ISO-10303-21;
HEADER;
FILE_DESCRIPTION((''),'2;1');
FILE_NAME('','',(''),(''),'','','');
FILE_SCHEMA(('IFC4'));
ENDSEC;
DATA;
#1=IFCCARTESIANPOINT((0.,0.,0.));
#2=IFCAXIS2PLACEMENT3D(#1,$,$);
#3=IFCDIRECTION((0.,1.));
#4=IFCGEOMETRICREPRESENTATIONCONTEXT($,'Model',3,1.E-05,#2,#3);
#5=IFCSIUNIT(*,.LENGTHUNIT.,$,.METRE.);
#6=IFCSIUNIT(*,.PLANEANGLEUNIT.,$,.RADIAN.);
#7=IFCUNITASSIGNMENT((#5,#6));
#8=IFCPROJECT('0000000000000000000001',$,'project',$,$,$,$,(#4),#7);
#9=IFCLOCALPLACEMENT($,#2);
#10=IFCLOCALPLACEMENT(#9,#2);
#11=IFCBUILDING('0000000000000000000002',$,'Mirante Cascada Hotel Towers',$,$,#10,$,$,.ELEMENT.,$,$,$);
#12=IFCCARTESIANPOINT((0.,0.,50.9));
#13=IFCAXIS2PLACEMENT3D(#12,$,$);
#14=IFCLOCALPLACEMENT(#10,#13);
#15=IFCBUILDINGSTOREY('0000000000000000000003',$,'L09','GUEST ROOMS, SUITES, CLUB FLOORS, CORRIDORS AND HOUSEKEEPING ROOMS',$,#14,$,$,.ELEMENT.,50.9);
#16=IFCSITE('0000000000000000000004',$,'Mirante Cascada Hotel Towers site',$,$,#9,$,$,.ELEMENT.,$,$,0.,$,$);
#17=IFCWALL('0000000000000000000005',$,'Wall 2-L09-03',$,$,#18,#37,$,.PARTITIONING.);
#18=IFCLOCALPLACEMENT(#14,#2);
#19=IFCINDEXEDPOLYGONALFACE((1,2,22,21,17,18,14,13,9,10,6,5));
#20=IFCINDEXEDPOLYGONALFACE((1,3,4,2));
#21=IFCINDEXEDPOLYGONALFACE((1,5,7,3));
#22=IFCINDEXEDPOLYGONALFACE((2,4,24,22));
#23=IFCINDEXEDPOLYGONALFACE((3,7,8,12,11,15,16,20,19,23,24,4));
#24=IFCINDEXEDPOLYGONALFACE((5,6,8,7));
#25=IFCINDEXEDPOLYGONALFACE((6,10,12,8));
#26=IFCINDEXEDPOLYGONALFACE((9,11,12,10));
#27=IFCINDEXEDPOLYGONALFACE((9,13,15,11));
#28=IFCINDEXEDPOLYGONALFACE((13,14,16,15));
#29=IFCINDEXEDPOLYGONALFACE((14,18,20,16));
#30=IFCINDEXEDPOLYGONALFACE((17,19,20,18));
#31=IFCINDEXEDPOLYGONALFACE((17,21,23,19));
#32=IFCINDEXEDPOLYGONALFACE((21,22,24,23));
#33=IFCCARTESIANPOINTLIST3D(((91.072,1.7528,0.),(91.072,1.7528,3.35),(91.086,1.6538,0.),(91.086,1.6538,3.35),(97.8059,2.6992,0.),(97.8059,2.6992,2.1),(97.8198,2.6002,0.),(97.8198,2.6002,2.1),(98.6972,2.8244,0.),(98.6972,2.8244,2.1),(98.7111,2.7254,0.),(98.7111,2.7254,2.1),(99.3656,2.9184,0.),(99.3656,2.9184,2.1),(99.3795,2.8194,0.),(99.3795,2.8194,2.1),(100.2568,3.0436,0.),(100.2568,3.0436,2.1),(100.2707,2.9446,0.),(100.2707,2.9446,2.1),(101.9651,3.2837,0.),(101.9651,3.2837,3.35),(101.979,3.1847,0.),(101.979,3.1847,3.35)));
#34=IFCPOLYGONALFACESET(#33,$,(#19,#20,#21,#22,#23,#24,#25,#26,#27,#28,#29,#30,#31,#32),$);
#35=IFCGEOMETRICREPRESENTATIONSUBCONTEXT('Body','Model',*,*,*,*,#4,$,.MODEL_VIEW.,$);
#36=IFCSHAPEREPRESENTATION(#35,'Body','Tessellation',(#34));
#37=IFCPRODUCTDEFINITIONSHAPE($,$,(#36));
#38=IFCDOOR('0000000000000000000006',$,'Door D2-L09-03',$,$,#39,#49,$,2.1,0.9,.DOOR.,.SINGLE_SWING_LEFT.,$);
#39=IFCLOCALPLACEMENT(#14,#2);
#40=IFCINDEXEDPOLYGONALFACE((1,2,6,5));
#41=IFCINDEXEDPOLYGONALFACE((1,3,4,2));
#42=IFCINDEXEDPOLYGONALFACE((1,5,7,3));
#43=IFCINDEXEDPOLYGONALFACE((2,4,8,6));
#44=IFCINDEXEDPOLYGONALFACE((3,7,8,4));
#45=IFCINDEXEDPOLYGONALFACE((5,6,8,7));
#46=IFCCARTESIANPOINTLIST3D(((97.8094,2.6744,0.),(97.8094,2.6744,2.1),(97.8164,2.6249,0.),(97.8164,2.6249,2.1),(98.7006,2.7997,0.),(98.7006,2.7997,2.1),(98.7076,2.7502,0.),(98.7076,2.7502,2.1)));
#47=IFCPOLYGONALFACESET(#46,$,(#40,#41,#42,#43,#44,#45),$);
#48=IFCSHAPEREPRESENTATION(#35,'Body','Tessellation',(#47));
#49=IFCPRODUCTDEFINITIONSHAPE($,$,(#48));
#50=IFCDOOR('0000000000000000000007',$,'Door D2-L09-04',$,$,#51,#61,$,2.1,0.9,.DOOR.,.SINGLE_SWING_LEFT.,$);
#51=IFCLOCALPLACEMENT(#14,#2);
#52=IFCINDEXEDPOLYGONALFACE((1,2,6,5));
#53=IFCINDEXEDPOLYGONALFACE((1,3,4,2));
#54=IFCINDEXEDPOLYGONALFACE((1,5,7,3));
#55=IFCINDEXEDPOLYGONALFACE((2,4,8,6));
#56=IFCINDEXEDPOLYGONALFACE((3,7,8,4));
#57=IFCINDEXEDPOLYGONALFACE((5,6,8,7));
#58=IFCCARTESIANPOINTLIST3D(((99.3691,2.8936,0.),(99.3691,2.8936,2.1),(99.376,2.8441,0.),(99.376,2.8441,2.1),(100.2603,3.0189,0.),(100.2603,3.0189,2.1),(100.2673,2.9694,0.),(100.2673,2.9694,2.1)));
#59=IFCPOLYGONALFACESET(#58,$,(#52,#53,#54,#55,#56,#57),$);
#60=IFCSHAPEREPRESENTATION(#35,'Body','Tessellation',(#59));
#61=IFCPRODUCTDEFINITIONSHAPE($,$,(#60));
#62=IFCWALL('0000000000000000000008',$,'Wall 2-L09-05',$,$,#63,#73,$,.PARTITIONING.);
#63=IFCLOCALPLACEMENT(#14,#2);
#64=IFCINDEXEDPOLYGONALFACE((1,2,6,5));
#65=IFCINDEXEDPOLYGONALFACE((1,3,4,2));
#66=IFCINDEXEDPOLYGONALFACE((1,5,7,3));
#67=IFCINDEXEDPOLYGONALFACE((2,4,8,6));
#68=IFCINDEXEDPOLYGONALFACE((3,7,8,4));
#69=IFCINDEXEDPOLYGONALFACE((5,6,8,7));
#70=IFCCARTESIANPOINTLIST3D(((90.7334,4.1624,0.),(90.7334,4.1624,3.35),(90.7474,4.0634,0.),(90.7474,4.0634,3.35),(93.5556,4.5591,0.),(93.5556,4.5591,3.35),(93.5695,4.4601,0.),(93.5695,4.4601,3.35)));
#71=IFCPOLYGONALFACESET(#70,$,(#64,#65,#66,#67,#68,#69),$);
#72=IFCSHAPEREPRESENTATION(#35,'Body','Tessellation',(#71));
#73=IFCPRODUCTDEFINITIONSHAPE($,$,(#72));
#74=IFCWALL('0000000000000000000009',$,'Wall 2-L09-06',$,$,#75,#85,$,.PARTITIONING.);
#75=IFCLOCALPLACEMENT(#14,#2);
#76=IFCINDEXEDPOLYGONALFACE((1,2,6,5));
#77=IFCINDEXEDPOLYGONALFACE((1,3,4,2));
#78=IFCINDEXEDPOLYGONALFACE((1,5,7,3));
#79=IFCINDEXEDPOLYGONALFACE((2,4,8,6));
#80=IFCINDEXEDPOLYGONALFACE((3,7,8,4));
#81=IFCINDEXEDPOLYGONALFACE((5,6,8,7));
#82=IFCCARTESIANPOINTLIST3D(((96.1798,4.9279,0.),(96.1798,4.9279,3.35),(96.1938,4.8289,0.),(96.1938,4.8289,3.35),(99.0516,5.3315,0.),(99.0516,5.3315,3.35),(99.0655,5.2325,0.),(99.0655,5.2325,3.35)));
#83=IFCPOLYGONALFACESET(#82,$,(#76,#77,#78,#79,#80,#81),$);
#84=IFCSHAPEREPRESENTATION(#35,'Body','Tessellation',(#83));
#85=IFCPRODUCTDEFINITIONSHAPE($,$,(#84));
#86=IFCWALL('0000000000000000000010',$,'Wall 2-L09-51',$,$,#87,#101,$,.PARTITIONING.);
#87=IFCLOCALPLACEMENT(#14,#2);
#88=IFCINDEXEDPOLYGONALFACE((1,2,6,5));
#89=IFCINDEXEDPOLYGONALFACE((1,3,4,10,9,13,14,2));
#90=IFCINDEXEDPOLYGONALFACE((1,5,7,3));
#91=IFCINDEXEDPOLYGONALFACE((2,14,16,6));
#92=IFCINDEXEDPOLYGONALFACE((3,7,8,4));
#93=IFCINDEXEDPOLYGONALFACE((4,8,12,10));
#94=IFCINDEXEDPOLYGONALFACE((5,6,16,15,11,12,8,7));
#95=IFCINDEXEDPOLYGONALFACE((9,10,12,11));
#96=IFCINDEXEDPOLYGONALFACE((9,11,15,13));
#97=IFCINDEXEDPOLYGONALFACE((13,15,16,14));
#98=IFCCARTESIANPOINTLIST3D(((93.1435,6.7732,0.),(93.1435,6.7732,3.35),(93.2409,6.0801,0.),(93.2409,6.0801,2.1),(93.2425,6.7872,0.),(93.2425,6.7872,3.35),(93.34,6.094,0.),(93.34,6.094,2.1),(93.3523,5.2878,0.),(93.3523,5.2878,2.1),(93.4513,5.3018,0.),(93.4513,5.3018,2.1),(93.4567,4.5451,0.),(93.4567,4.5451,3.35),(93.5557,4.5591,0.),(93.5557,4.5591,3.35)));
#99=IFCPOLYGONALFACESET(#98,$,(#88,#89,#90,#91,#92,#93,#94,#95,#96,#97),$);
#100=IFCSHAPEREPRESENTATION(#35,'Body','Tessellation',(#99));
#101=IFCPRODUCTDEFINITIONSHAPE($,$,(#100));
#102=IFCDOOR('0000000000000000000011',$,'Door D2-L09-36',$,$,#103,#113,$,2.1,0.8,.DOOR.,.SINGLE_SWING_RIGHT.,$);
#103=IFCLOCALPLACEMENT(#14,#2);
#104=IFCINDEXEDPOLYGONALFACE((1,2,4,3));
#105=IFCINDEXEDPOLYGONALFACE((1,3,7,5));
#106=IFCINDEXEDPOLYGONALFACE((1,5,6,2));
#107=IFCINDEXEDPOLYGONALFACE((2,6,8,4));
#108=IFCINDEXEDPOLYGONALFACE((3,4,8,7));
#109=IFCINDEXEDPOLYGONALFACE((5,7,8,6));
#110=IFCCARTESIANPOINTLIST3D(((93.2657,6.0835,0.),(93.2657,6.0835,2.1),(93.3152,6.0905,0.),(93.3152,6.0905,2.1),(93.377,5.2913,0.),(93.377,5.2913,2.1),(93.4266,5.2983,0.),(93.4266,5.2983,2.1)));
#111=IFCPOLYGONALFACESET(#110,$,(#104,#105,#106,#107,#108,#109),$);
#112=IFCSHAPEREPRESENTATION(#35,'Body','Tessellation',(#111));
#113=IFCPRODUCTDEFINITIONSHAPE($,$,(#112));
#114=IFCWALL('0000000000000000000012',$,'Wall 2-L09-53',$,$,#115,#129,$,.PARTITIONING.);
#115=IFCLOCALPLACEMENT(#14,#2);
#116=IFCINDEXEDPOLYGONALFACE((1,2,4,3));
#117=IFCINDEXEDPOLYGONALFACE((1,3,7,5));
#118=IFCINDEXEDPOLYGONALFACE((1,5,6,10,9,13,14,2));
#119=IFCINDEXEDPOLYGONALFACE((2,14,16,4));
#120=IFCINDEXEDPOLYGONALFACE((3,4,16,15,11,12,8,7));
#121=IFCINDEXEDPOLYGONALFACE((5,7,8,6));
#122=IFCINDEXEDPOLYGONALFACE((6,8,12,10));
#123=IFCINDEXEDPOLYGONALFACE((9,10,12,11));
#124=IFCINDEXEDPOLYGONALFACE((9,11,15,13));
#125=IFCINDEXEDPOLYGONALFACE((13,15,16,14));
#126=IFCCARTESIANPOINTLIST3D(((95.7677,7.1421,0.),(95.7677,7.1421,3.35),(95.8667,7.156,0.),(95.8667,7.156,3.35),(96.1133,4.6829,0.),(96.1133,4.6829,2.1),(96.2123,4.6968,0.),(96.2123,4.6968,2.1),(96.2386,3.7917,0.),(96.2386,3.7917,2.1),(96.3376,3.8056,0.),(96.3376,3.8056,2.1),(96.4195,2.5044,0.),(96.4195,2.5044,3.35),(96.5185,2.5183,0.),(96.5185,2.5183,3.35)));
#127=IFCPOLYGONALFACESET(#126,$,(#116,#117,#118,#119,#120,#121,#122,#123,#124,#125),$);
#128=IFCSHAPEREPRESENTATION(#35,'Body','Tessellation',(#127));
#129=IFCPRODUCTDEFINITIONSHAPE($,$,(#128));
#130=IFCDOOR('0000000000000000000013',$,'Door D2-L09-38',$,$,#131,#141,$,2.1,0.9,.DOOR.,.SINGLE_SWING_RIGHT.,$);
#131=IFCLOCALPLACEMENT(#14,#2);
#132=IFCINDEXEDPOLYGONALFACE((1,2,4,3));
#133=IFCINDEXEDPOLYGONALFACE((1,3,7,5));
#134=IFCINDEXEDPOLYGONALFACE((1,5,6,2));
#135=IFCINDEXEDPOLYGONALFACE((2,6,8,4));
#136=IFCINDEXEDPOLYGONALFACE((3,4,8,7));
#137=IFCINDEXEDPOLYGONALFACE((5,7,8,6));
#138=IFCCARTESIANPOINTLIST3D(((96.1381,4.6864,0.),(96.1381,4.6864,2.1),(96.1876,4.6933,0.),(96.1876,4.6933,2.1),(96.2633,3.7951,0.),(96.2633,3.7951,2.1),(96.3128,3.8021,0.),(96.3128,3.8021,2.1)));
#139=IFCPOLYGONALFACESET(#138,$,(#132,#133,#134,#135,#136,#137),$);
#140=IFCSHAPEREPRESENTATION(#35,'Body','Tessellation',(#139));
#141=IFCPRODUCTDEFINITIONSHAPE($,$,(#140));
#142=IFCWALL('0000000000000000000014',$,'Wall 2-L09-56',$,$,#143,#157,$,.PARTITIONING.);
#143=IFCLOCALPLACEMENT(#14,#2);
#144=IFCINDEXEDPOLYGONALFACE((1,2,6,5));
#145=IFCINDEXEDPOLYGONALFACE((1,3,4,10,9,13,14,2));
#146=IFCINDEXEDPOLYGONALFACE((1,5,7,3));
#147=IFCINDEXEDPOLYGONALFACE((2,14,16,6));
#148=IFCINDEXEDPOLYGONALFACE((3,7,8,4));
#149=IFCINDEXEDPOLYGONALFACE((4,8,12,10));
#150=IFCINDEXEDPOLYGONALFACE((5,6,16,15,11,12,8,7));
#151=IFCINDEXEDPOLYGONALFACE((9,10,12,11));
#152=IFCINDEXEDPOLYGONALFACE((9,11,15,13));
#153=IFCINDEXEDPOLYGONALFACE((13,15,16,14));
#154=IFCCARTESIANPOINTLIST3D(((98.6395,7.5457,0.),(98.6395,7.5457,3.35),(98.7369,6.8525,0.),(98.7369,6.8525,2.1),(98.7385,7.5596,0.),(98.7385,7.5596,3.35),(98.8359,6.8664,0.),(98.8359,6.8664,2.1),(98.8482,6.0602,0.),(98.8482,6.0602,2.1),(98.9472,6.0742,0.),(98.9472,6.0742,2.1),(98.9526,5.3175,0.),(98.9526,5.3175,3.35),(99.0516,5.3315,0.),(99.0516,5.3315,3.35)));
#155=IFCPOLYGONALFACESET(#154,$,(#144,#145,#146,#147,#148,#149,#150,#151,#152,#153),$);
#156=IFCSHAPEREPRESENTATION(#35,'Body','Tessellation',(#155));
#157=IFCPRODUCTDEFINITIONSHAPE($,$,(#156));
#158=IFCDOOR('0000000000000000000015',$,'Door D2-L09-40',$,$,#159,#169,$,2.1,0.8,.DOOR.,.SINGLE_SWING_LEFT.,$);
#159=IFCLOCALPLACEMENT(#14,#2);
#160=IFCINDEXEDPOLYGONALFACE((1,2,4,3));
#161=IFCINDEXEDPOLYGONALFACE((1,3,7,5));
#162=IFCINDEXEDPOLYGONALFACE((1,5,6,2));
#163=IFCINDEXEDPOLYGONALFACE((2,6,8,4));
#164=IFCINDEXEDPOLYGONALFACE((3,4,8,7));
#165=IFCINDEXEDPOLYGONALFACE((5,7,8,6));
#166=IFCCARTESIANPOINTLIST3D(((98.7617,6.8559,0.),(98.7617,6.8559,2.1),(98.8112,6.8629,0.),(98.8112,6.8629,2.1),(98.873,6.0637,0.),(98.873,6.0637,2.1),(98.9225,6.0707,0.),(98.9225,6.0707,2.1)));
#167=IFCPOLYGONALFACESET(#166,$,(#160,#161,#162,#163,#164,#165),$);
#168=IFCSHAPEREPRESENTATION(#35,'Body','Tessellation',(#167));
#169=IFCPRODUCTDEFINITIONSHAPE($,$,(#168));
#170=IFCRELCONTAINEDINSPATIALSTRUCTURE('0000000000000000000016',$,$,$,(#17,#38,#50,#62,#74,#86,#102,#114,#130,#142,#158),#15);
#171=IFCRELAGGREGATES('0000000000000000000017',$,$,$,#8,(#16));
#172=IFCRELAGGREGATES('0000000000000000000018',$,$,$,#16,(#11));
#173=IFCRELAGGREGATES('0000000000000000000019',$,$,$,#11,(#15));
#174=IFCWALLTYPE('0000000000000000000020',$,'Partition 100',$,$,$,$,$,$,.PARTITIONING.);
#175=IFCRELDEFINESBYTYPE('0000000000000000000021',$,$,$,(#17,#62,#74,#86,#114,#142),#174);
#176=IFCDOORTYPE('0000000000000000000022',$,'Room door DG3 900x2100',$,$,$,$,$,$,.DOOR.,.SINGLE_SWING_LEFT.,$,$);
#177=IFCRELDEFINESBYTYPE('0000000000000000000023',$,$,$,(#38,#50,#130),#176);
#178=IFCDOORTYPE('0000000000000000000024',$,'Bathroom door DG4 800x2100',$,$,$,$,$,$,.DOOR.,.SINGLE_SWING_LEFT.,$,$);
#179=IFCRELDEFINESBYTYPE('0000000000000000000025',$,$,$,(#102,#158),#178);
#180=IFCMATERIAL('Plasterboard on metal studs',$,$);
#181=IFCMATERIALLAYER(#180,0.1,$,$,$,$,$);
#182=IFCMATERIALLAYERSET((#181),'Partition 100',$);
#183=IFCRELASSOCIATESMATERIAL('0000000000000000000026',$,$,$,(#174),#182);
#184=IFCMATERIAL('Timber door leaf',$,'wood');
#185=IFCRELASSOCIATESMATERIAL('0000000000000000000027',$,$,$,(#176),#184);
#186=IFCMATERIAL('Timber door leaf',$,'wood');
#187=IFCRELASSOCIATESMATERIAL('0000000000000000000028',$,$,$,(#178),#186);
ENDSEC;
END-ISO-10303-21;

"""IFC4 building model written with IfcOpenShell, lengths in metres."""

from ifc_helpers import new_model, si_unit, direction, frame, frame_2d, origin, place, context, subcontext, project, spatial, rectangle, extrude, material, layer, layer_set, type_object, element, fill, save


model = new_model("IFC4")

# Units and contexts
model_context = context("Model", 3, precision=1e-05, world=origin(), true_north=direction((0.0, 1.0)))
body_context = subcontext(model_context, "Body", "Model", "MODEL_VIEW")
ifc_project = project(units=[si_unit("LENGTHUNIT", "METRE"), si_unit("PLANEANGLEUNIT", "RADIAN")], contexts=[model_context])

# Site, building, storey
site_placement = place(None, origin())
site = spatial("IfcSite", under=ifc_project, at=site_placement, Name="Mirante Cascada Hotel Towers site", CompositionType="ELEMENT", RefElevation=0.0)
building_placement = place(site_placement, origin())
building = spatial("IfcBuilding", under=site, at=building_placement, Name="Mirante Cascada Hotel Towers", CompositionType="ELEMENT")
storey_placement = place(building_placement, frame((0.0, 0.0, 50.9)))
storey = spatial("IfcBuildingStorey", under=building, at=storey_placement, Name="L09", Description="GUEST ROOMS, SUITES, CLUB FLOORS, CORRIDORS AND HOUSEKEEPING ROOMS", CompositionType="ELEMENT", Elevation=50.9)

# Wall, openings, doors
ifc_material_1 = material(Name="Plasterboard on metal studs")
ifc_layer_1 = layer(ifc_material_1, 0.1)
ifc_layer_set_1 = layer_set([ifc_layer_1], Name="Partition 100")
wall_type_1 = type_object("IfcWallType", Name="Partition 100", PredefinedType="PARTITIONING", material=ifc_layer_set_1)
wall_1_placement = place(storey_placement, frame((101.972, 3.2342, 0.0), z_axis=(0.0, 0.0, 1.0), x_axis=(-0.990268, -0.139172, 0.0)))
wall_1 = element("IfcWall", 1, at=wall_1_placement, inside=storey, type_object=wall_type_1, Name="Wall 2-L09-03", PredefinedType="PARTITIONING", context=body_context, shape_type="SweptSolid", body=[
    extrude(rectangle(XDim=11.0001, YDim=0.1, at=frame_2d((5.5, 0.0))), origin(), (0.0, 0.0, 1.0), 3.35),
])
opening_1_placement = place(wall_1_placement, frame((3.3, 0.0, 0.0)))
opening_1 = element("IfcOpeningElement", 2, at=opening_1_placement, cuts=wall_1, PredefinedType="OPENING", context=body_context, shape_type="SweptSolid", body=[
    extrude(rectangle(XDim=0.9, YDim=2.1, at=frame_2d((0.45, 1.05))), frame((0.0, 0.05, 0.0), z_axis=(0.0, -1.0, 0.0), x_axis=(1.0, 0.0, 0.0)), (0.0, 0.0, 1.0), 0.1),
])
opening_2_placement = place(wall_1_placement, frame((1.725, 0.0, 0.0)))
opening_2 = element("IfcOpeningElement", 3, at=opening_2_placement, cuts=wall_1, PredefinedType="OPENING", context=body_context, shape_type="SweptSolid", body=[
    extrude(rectangle(XDim=0.9, YDim=2.1, at=frame_2d((0.45, 1.05))), frame((0.0, 0.05, 0.0), z_axis=(0.0, -1.0, 0.0), x_axis=(1.0, 0.0, 0.0)), (0.0, 0.0, 1.0), 0.1),
])
ifc_material_2 = material(Name="Timber door leaf", Category="wood")
door_type_1 = type_object("IfcDoorType", Name="Room door DG3 900x2100", OperationType="SINGLE_SWING_LEFT", PredefinedType="DOOR", material=ifc_material_2)
door_1_placement = place(opening_1_placement, origin())
door_1 = element("IfcDoor", 4, at=door_1_placement, inside=storey, type_object=door_type_1, Name="Door D2-L09-03", OperationType="SINGLE_SWING_LEFT", OverallHeight=2.1, OverallWidth=0.9, PredefinedType="DOOR", context=body_context, shape_type="SweptSolid", body=[
    extrude(rectangle(XDim=0.9, YDim=2.1, at=frame_2d((0.45, 1.05))), frame((0.0, 0.025, 0.0), z_axis=(0.0, -1.0, 0.0), x_axis=(1.0, 0.0, 0.0)), (0.0, 0.0, 1.0), 0.05),
])
fill(opening_1, door_1)
door_2_placement = place(opening_2_placement, origin())
door_2 = element("IfcDoor", 5, at=door_2_placement, inside=storey, type_object=door_type_1, Name="Door D2-L09-04", OperationType="SINGLE_SWING_LEFT", OverallHeight=2.1, OverallWidth=0.9, PredefinedType="DOOR", context=body_context, shape_type="SweptSolid", body=[
    extrude(rectangle(XDim=0.9, YDim=2.1, at=frame_2d((0.45, 1.05))), frame((0.0, 0.025, 0.0), z_axis=(0.0, -1.0, 0.0), x_axis=(1.0, 0.0, 0.0)), (0.0, 0.0, 1.0), 0.05),
])
fill(opening_2, door_2)

# Walls
wall_2_placement = place(storey_placement, frame((93.5626, 4.5096, 0.0), z_axis=(0.0, 0.0, 1.0), x_axis=(-0.990265, -0.139196, 0.0)))
element("IfcWall", 6, at=wall_2_placement, inside=storey, type_object=wall_type_1, Name="Wall 2-L09-05", PredefinedType="PARTITIONING", context=body_context, shape_type="SweptSolid", body=[
    extrude(rectangle(XDim=2.8499, YDim=0.1, at=frame_2d((1.425, 0.0))), origin(), (0.0, 0.0, 1.0), 3.35),
])
wall_3_placement = place(storey_placement, frame((96.1868, 4.8784, 0.0), z_axis=(0.0, 0.0, 1.0), x_axis=(0.990268, 0.139171, 0.0)))
element("IfcWall", 7, at=wall_3_placement, inside=storey, type_object=wall_type_1, Name="Wall 2-L09-06", PredefinedType="PARTITIONING", context=body_context, shape_type="SweptSolid", body=[
    extrude(rectangle(XDim=2.9, YDim=0.1, at=frame_2d((1.45, 0.0))), origin(), (0.0, 0.0, 1.0), 3.35),
])

# Walls, openings, doors
wall_4_placement = place(storey_placement, frame((93.193, 6.7802, 0.0), z_axis=(0.0, 0.0, 1.0), x_axis=(0.1392, -0.990264, 0.0)))
wall_4 = element("IfcWall", 8, at=wall_4_placement, inside=storey, type_object=wall_type_1, Name="Wall 2-L09-51", PredefinedType="PARTITIONING", context=body_context, shape_type="SweptSolid", body=[
    extrude(rectangle(XDim=2.25, YDim=0.1, at=frame_2d((1.125, 0.0))), origin(), (0.0, 0.0, 1.0), 3.35),
])
opening_3_placement = place(wall_4_placement, frame((0.7, 0.0, 0.0)))
opening_3 = element("IfcOpeningElement", 9, at=opening_3_placement, cuts=wall_4, PredefinedType="OPENING", context=body_context, shape_type="SweptSolid", body=[
    extrude(rectangle(XDim=0.8, YDim=2.1, at=frame_2d((0.4, 1.05))), frame((0.0, 0.05, 0.0), z_axis=(0.0, -1.0, 0.0), x_axis=(1.0, 0.0, 0.0)), (0.0, 0.0, 1.0), 0.1),
])
ifc_material_3 = material(Name="Timber door leaf", Category="wood")
door_type_2 = type_object("IfcDoorType", Name="Bathroom door DG4 800x2100", OperationType="SINGLE_SWING_LEFT", PredefinedType="DOOR", material=ifc_material_3)
door_3_placement = place(opening_3_placement, frame((0.8, 0.0, 0.0), z_axis=(0.0, 0.0, 1.0), x_axis=(-1.0, 0.0, 0.0)))
door_3 = element("IfcDoor", 10, at=door_3_placement, inside=storey, type_object=door_type_2, Name="Door D2-L09-36", OperationType="SINGLE_SWING_RIGHT", OverallHeight=2.1, OverallWidth=0.8, PredefinedType="DOOR", context=body_context, shape_type="SweptSolid", body=[
    extrude(rectangle(XDim=0.8, YDim=2.1, at=frame_2d((0.4, 1.05))), frame((0.0, 0.025, 0.0), z_axis=(0.0, -1.0, 0.0), x_axis=(1.0, 0.0, 0.0)), (0.0, 0.0, 1.0), 0.05),
])
fill(opening_3, door_3)
wall_5_placement = place(storey_placement, frame((95.8172, 7.149, 0.0), z_axis=(0.0, 0.0, 1.0), x_axis=(0.139176, -0.990268, 0.0)))
wall_5 = element("IfcWall", 11, at=wall_5_placement, inside=storey, type_object=wall_type_1, Name="Wall 2-L09-53", PredefinedType="PARTITIONING", context=body_context, shape_type="SweptSolid", body=[
    extrude(rectangle(XDim=4.6833, YDim=0.1, at=frame_2d((2.3416, 0.0))), origin(), (0.0, 0.0, 1.0), 3.35),
])
opening_4_placement = place(wall_5_placement, frame((2.4833, 0.0, 0.0)))
opening_4 = element("IfcOpeningElement", 12, at=opening_4_placement, cuts=wall_5, PredefinedType="OPENING", context=body_context, shape_type="SweptSolid", body=[
    extrude(rectangle(XDim=0.9, YDim=2.1, at=frame_2d((0.45, 1.05))), frame((0.0, 0.05, 0.0), z_axis=(0.0, -1.0, 0.0), x_axis=(1.0, 0.0, 0.0)), (0.0, 0.0, 1.0), 0.1),
])
door_4_placement = place(opening_4_placement, frame((0.9, 0.0, 0.0), z_axis=(0.0, 0.0, 1.0), x_axis=(-1.0, 0.0, 0.0)))
door_4 = element("IfcDoor", 13, at=door_4_placement, inside=storey, type_object=door_type_1, Name="Door D2-L09-38", OperationType="SINGLE_SWING_RIGHT", OverallHeight=2.1, OverallWidth=0.9, PredefinedType="DOOR", context=body_context, shape_type="SweptSolid", body=[
    extrude(rectangle(XDim=0.9, YDim=2.1, at=frame_2d((0.45, 1.05))), frame((0.0, 0.025, 0.0), z_axis=(0.0, -1.0, 0.0), x_axis=(1.0, 0.0, 0.0)), (0.0, 0.0, 1.0), 0.05),
])
fill(opening_4, door_4)
wall_6_placement = place(storey_placement, frame((99.0021, 5.3245, 0.0), z_axis=(0.0, 0.0, 1.0), x_axis=(-0.139156, 0.990271, 0.0)))
wall_6 = element("IfcWall", 14, at=wall_6_placement, inside=storey, type_object=wall_type_1, Name="Wall 2-L09-56", PredefinedType="PARTITIONING", context=body_context, shape_type="SweptSolid", body=[
    extrude(rectangle(XDim=2.25, YDim=0.1, at=frame_2d((1.125, 0.0))), origin(), (0.0, 0.0, 1.0), 3.35),
])
opening_5_placement = place(wall_6_placement, frame((0.75, 0.0, 0.0)))
opening_5 = element("IfcOpeningElement", 15, at=opening_5_placement, cuts=wall_6, PredefinedType="OPENING", context=body_context, shape_type="SweptSolid", body=[
    extrude(rectangle(XDim=0.8, YDim=2.1, at=frame_2d((0.4, 1.05))), frame((0.0, 0.05, 0.0), z_axis=(0.0, -1.0, 0.0), x_axis=(1.0, 0.0, 0.0)), (0.0, 0.0, 1.0), 0.1),
])
door_5_placement = place(opening_5_placement, origin())
door_5 = element("IfcDoor", 16, at=door_5_placement, inside=storey, type_object=door_type_2, Name="Door D2-L09-40", OperationType="SINGLE_SWING_LEFT", OverallHeight=2.1, OverallWidth=0.8, PredefinedType="DOOR", context=body_context, shape_type="SweptSolid", body=[
    extrude(rectangle(XDim=0.8, YDim=2.1, at=frame_2d((0.4, 1.05))), frame((0.0, 0.025, 0.0), z_axis=(0.0, -1.0, 0.0), x_axis=(1.0, 0.0, 0.0)), (0.0, 0.0, 1.0), 0.05),
])
fill(opening_5, door_5)

save(model, "model.ifc")
